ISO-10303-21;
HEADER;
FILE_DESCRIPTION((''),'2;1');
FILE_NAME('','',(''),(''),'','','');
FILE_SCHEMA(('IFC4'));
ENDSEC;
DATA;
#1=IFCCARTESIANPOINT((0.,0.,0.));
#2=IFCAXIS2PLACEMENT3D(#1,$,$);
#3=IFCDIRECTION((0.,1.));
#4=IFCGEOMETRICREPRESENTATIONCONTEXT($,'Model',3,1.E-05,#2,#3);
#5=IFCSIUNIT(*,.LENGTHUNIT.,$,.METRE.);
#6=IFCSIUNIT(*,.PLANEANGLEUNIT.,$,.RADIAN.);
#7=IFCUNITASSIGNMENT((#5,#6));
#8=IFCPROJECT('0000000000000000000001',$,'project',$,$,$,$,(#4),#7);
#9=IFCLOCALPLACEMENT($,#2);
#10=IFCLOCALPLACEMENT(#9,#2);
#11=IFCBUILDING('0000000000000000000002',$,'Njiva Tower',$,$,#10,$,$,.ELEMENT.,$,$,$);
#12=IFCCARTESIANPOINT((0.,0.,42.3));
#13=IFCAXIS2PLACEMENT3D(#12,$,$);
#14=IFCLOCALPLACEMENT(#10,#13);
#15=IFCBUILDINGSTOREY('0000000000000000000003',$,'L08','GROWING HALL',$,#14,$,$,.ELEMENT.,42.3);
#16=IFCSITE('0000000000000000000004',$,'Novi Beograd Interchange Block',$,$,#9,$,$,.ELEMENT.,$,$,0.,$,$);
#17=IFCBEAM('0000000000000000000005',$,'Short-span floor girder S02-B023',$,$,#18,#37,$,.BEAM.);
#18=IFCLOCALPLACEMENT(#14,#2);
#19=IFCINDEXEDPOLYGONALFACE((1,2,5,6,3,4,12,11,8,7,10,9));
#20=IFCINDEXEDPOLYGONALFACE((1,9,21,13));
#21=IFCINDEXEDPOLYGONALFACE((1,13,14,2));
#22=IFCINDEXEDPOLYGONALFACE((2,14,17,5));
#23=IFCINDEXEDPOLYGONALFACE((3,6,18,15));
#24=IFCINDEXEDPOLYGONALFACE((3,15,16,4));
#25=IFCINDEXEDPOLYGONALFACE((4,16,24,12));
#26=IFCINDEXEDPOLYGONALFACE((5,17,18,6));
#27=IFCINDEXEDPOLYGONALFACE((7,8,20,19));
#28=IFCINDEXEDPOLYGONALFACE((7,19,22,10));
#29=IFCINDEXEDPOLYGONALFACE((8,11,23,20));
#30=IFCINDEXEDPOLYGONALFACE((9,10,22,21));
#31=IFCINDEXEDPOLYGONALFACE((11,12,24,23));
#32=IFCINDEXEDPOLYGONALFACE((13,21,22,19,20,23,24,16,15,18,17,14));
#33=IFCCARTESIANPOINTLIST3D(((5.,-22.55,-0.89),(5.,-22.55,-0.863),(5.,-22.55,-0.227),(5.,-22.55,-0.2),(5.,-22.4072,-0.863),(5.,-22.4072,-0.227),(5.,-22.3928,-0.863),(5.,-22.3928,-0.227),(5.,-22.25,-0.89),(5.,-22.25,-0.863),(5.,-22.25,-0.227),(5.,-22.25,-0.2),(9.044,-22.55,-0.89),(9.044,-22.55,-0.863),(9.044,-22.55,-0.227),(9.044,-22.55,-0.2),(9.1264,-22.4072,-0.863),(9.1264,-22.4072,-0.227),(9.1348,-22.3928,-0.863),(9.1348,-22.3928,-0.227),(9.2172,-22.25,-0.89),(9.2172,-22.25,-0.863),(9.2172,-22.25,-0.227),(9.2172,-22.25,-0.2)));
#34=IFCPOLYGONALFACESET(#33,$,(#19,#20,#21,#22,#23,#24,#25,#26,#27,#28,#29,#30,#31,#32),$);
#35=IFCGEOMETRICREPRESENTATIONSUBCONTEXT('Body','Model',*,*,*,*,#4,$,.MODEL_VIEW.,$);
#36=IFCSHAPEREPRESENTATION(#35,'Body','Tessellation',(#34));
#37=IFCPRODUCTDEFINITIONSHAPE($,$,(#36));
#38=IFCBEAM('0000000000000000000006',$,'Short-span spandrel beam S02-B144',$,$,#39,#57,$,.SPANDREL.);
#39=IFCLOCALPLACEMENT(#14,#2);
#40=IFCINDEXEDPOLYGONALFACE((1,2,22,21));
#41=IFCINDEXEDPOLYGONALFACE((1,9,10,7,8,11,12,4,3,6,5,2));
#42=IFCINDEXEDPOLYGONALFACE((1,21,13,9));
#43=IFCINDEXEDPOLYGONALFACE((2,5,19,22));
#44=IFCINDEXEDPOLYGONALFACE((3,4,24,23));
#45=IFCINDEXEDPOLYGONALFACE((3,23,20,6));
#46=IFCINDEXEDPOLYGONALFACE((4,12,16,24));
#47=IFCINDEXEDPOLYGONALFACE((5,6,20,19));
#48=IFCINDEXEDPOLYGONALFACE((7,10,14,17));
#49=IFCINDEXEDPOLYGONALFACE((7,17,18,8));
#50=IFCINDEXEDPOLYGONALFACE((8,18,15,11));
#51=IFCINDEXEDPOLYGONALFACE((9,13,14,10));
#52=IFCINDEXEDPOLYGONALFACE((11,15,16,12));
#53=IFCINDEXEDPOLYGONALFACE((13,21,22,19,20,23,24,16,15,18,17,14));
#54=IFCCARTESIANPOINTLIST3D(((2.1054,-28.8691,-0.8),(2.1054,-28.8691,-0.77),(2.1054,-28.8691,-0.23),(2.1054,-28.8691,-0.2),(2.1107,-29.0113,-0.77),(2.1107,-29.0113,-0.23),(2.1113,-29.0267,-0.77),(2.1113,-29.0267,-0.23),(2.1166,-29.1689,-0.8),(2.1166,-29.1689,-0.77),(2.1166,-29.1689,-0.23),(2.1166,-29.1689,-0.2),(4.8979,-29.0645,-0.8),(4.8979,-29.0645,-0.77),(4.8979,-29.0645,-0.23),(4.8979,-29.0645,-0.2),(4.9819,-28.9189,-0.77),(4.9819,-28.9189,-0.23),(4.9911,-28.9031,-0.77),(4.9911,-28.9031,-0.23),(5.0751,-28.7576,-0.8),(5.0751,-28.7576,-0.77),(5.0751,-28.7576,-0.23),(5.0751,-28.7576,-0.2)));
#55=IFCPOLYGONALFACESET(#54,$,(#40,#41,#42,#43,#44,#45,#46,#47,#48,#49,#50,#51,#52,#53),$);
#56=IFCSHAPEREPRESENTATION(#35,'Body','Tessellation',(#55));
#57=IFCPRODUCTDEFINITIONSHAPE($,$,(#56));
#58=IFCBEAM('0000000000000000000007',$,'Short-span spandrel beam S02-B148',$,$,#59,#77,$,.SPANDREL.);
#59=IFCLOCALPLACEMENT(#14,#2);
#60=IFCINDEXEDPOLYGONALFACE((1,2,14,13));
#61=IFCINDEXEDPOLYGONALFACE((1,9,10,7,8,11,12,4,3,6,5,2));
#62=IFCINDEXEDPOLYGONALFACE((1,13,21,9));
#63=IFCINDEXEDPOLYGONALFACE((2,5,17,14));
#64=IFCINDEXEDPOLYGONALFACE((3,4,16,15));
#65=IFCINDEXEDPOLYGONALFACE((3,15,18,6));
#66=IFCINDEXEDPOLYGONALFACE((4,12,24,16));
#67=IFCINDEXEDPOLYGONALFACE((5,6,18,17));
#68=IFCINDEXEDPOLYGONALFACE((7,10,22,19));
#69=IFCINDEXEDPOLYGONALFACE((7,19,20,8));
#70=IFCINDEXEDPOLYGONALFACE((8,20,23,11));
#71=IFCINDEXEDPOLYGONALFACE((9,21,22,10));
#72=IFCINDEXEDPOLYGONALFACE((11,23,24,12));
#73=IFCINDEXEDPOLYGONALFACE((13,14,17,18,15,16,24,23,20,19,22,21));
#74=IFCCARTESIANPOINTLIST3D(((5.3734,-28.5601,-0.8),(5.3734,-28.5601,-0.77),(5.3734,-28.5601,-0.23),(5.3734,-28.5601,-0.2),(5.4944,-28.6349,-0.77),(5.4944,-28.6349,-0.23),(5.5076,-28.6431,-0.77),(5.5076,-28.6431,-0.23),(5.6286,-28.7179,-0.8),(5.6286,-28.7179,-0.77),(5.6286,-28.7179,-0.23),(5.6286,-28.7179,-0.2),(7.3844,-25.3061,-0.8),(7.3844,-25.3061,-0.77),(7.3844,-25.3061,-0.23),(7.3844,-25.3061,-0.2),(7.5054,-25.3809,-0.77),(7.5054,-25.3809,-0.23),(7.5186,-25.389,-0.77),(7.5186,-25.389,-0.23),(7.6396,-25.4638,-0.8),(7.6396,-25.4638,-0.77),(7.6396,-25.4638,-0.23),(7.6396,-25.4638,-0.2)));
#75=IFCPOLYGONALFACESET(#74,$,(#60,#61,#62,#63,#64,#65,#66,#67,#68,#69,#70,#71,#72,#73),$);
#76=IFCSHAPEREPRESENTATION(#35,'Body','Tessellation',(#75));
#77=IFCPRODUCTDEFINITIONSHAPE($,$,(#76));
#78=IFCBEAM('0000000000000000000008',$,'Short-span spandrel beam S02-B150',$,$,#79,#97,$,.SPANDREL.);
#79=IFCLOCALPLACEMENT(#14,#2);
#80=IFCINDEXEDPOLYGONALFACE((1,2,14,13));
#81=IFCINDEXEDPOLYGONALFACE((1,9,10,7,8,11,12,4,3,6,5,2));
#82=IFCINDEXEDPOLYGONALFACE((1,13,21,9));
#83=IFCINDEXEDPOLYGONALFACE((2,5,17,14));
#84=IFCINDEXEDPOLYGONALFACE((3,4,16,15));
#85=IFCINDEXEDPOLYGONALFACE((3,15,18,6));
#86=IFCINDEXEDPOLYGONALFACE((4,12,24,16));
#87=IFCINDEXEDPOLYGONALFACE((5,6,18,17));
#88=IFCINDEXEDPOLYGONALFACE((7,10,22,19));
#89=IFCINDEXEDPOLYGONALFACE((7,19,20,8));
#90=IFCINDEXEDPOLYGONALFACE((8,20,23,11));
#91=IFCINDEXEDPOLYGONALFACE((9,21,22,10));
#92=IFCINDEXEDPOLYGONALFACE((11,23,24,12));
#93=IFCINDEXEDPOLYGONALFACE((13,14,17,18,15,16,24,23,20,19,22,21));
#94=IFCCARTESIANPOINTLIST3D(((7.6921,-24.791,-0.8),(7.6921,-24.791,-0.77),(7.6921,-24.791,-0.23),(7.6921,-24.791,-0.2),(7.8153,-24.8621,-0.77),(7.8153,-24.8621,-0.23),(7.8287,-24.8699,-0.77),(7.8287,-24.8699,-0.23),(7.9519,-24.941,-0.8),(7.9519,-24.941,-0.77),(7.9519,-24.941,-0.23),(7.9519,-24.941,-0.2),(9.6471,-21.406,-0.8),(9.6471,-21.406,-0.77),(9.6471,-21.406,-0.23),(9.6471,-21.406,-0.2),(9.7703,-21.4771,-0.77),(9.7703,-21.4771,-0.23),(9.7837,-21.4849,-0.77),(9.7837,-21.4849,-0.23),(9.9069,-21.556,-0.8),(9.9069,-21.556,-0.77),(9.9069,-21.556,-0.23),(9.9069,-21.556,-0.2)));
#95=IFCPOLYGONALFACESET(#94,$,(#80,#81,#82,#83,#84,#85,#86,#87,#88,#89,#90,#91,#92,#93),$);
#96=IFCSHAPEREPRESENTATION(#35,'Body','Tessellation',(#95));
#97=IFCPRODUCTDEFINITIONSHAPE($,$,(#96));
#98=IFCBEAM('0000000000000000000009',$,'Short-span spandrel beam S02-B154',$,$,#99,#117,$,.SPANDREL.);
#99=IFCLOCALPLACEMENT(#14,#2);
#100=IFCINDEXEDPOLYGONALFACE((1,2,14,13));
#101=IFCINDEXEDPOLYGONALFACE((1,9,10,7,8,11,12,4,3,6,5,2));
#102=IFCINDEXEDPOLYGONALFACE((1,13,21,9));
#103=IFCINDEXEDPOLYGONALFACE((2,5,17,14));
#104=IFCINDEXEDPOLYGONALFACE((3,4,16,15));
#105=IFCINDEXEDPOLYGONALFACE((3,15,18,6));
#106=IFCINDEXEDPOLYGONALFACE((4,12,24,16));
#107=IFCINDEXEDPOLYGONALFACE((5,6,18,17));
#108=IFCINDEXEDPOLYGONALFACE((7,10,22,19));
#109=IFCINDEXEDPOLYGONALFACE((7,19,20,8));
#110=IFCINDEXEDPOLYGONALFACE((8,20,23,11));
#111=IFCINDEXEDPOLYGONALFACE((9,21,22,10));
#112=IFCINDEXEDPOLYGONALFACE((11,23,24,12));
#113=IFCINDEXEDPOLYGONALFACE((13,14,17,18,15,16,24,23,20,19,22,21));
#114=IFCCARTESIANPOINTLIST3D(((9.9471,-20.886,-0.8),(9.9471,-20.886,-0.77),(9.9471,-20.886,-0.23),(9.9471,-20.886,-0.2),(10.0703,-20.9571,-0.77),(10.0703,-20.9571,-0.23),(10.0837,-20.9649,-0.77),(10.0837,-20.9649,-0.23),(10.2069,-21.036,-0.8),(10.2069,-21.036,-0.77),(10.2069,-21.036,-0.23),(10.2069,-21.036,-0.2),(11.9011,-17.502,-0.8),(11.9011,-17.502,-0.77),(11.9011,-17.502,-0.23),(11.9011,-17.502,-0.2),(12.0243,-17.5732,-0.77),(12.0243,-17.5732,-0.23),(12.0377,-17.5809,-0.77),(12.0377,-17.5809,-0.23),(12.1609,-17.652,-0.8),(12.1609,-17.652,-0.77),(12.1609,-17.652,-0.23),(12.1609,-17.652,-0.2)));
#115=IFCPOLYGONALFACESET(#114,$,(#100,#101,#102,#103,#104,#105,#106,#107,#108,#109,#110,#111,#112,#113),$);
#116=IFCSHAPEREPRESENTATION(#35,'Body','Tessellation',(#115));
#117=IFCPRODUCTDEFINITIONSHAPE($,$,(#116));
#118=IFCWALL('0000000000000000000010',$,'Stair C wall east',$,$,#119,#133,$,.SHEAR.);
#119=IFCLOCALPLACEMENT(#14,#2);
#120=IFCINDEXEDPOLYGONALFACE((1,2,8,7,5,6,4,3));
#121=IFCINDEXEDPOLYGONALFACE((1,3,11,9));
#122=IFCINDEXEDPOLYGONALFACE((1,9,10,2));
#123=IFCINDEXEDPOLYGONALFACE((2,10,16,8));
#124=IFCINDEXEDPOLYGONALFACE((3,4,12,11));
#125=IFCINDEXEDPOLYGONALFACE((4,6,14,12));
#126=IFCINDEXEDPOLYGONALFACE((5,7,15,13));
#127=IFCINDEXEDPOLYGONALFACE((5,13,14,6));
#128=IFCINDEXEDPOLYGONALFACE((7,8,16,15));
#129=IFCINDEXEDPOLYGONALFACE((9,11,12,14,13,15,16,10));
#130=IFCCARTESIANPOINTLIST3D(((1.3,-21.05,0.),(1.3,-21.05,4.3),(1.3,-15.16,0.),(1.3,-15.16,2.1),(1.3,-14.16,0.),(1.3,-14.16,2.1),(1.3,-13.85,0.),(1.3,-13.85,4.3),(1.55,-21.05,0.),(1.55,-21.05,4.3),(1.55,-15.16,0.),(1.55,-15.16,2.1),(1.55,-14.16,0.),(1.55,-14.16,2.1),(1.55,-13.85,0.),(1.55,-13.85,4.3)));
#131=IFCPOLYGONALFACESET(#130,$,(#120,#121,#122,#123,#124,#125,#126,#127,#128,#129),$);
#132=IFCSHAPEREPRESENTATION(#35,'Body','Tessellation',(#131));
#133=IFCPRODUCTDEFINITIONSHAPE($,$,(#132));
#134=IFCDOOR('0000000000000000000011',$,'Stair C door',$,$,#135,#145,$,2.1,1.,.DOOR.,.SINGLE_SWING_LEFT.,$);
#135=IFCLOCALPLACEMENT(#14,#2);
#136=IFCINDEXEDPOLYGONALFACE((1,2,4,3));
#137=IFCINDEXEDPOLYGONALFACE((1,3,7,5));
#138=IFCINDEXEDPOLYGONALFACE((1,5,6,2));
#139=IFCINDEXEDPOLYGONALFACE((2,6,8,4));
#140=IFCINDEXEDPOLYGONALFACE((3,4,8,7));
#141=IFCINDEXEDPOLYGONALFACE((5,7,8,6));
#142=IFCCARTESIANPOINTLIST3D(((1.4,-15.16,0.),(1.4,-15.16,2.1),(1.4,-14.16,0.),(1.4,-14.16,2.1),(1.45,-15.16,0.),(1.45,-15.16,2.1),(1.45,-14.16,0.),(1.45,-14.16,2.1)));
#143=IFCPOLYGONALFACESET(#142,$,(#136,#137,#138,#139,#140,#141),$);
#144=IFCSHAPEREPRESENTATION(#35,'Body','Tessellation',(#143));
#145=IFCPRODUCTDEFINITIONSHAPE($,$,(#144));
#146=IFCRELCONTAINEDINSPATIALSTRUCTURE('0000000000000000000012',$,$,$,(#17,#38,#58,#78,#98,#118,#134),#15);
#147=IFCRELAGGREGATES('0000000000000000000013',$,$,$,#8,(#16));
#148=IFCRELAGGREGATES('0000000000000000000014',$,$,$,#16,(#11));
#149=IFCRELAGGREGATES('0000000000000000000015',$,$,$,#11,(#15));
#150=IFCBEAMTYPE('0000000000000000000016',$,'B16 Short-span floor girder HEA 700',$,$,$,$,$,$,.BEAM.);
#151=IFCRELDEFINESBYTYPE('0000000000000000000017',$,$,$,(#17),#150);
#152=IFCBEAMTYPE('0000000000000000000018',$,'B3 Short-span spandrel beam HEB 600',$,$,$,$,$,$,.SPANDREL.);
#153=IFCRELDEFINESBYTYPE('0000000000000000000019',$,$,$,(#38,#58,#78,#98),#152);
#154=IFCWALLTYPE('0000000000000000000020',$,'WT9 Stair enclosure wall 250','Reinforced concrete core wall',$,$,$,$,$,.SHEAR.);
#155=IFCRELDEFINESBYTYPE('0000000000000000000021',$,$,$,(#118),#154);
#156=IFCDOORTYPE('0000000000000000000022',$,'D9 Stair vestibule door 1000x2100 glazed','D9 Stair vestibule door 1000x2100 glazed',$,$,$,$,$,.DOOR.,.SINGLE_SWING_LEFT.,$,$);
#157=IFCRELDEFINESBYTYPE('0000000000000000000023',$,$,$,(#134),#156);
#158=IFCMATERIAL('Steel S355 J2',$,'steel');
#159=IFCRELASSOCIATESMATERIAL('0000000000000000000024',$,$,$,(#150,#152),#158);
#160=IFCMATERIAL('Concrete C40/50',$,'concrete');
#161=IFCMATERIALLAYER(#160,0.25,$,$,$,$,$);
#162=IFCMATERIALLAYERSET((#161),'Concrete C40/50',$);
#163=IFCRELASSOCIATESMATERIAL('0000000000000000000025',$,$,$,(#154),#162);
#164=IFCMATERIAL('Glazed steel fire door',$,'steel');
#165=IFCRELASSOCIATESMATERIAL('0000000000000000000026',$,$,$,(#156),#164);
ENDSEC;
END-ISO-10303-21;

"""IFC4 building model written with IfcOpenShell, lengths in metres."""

from ifc_helpers import new_model, si_unit, direction, frame, frame_2d, origin, origin_2d, place, context, subcontext, project, spatial, rectangle, i_section, extrude, clip, halfspace, material, layer, layer_set, material_profile, profile_set, type_object, element, fill, save


model = new_model("IFC4")

# Units and contexts
model_context = context("Model", 3, precision=1e-05, world=origin(), true_north=direction((0.0, 1.0)))
body_context = subcontext(model_context, "Body", "Model", "MODEL_VIEW")
ifc_project = project(units=[si_unit("LENGTHUNIT", "METRE"), si_unit("PLANEANGLEUNIT", "RADIAN")], contexts=[model_context])

# Site, building, storey
site_placement = place(None, origin())
site = spatial("IfcSite", under=ifc_project, at=site_placement, Name="Novi Beograd Interchange Block", CompositionType="ELEMENT", RefElevation=0.0)
building_placement = place(site_placement, origin())
building = spatial("IfcBuilding", under=site, at=building_placement, Name="Njiva Tower", CompositionType="ELEMENT")
storey_placement = place(building_placement, frame((0.0, 0.0, 42.3)))
storey = spatial("IfcBuildingStorey", under=building, at=storey_placement, Name="L08", Description="GROWING HALL", CompositionType="ELEMENT", Elevation=42.3)

# Shared definitions
ifc_material_1 = material(Name="Steel S355 J2", Category="steel")

# Beams
ifc_material_profile_1 = material_profile(ifc_material_1, i_section(OverallWidth=0.3, OverallDepth=0.69, WebThickness=0.0145, FlangeThickness=0.027, at=origin_2d()), Name="HEA 700")
ifc_profile_set_1 = profile_set([ifc_material_profile_1], Name="Steel S355 J2")
beam_type_1 = type_object("IfcBeamType", Name="B16 Short-span floor girder HEA 700", PredefinedType="BEAM", material=ifc_profile_set_1)
beam_1_placement = place(storey_placement, frame((5.0, -22.4, -0.545), z_axis=(1.0, 0.0, 0.0), x_axis=(0.0, 1.0, 0.0)))
element("IfcBeam", 1, at=beam_1_placement, inside=storey, type_object=beam_type_1, Name="Short-span floor girder S02-B023", PredefinedType="BEAM", context=body_context, shape_type="Clipping", body=[
    clip(extrude(i_section(OverallWidth=0.3, OverallDepth=0.69, WebThickness=0.0145, FlangeThickness=0.027, at=origin_2d()), origin(), (0.0, 0.0, 1.0), 4.238), halfspace(frame((-0.025, 0.0, 4.1162), z_axis=(-0.499998, 0.0, 0.866027), x_axis=(0.0, 1.0, 0.0)), False)),
])
ifc_material_profile_2 = material_profile(ifc_material_1, i_section(OverallWidth=0.3, OverallDepth=0.6, WebThickness=0.0155, FlangeThickness=0.03, at=origin_2d()), Name="HEB 600")
ifc_profile_set_2 = profile_set([ifc_material_profile_2], Name="Steel S355 J2")
beam_type_2 = type_object("IfcBeamType", Name="B3 Short-span spandrel beam HEB 600", PredefinedType="SPANDREL", material=ifc_profile_set_2)
beam_2_placement = place(storey_placement, frame((2.111, -29.019, -0.5), z_axis=(0.999296, 0.037526, 0.0), x_axis=(-0.037526, 0.999296, 0.0)))
element("IfcBeam", 2, at=beam_2_placement, inside=storey, type_object=beam_type_2, Name="Short-span spandrel beam S02-B144", PredefinedType="SPANDREL", context=body_context, shape_type="Clipping", body=[
    clip(extrude(i_section(OverallWidth=0.3, OverallDepth=0.6, WebThickness=0.0155, FlangeThickness=0.03, at=origin_2d()), origin(), (0.0, 0.0, 1.0), 2.992), halfspace(frame((-0.0261, 0.0, 2.8611), z_axis=(-0.532144, 0.0, 0.846654), x_axis=(0.0, 1.0, 0.0)), False)),
])
beam_3_placement = place(storey_placement, frame((5.501, -28.639, -0.5), z_axis=(0.525715, 0.85066, 0.0), x_axis=(-0.85066, 0.525715, 0.0)))
element("IfcBeam", 3, at=beam_3_placement, inside=storey, type_object=beam_type_2, Name="Short-span spandrel beam S02-B148", PredefinedType="SPANDREL", context=body_context, shape_type="SweptSolid", body=[
    extrude(i_section(OverallWidth=0.3, OverallDepth=0.6, WebThickness=0.0155, FlangeThickness=0.03, at=origin_2d()), origin(), (0.0, 0.0, 1.0), 3.8253),
])
beam_4_placement = place(storey_placement, frame((7.822, -24.866, -0.5), z_axis=(0.500128, 0.865951, 0.0), x_axis=(-0.865951, 0.500128, 0.0)))
element("IfcBeam", 4, at=beam_4_placement, inside=storey, type_object=beam_type_2, Name="Short-span spandrel beam S02-B150", PredefinedType="SPANDREL", context=body_context, shape_type="SweptSolid", body=[
    extrude(i_section(OverallWidth=0.3, OverallDepth=0.6, WebThickness=0.0155, FlangeThickness=0.03, at=origin_2d()), origin(), (0.0, 0.0, 1.0), 3.909),
])
beam_5_placement = place(storey_placement, frame((10.077, -20.961, -0.5), z_axis=(0.500047, 0.865998, 0.0), x_axis=(-0.865998, 0.500047, 0.0)))
element("IfcBeam", 5, at=beam_5_placement, inside=storey, type_object=beam_type_2, Name="Short-span spandrel beam S02-B154", PredefinedType="SPANDREL", context=body_context, shape_type="SweptSolid", body=[
    extrude(i_section(OverallWidth=0.3, OverallDepth=0.6, WebThickness=0.0155, FlangeThickness=0.03, at=origin_2d()), origin(), (0.0, 0.0, 1.0), 3.9076),
])

# Wall, opening, door
ifc_material_2 = material(Name="Concrete C40/50", Category="concrete")
ifc_layer_1 = layer(ifc_material_2, 0.25)
ifc_layer_set_1 = layer_set([ifc_layer_1], Name="Concrete C40/50")
wall_type_1 = type_object("IfcWallType", Name="WT9 Stair enclosure wall 250", Description="Reinforced concrete core wall", PredefinedType="SHEAR", material=ifc_layer_set_1)
wall_1_placement = place(storey_placement, frame((1.425, -21.05, 0.0), z_axis=(0.0, 0.0, 1.0), x_axis=(0.0, 1.0, 0.0)))
wall_1 = element("IfcWall", 6, at=wall_1_placement, inside=storey, type_object=wall_type_1, Name="Stair C wall east", PredefinedType="SHEAR", context=body_context, shape_type="SweptSolid", body=[
    extrude(rectangle(XDim=7.2, YDim=0.25, at=frame_2d((3.6, 0.0))), origin(), (0.0, 0.0, 1.0), 4.3),
])
opening_1_placement = place(wall_1_placement, frame((5.89, 0.0, 0.0)))
opening_1 = element("IfcOpeningElement", 7, at=opening_1_placement, cuts=wall_1, PredefinedType="OPENING", context=body_context, shape_type="SweptSolid", body=[
    extrude(rectangle(XDim=1.0, YDim=2.1, at=frame_2d((0.5, 1.05))), frame((0.0, 0.135, 0.0), z_axis=(0.0, -1.0, 0.0), x_axis=(1.0, 0.0, 0.0)), (0.0, 0.0, 1.0), 0.27),
])
ifc_material_3 = material(Name="Glazed steel fire door", Category="steel")
door_type = type_object("IfcDoorType", Name="D9 Stair vestibule door 1000x2100 glazed", Description="D9 Stair vestibule door 1000x2100 glazed", OperationType="SINGLE_SWING_LEFT", PredefinedType="DOOR", material=ifc_material_3)
door_placement = place(opening_1_placement, origin())
door = element("IfcDoor", 8, at=door_placement, inside=storey, type_object=door_type, Name="Stair C door", OperationType="SINGLE_SWING_LEFT", OverallHeight=2.1, OverallWidth=1.0, PredefinedType="DOOR", context=body_context, shape_type="SweptSolid", body=[
    extrude(rectangle(XDim=1.0, YDim=2.1, at=frame_2d((0.5, 1.05))), frame((0.0, 0.025, 0.0), z_axis=(0.0, -1.0, 0.0), x_axis=(1.0, 0.0, 0.0)), (0.0, 0.0, 1.0), 0.05),
])
fill(opening_1, door)

save(model, "model.ifc")
